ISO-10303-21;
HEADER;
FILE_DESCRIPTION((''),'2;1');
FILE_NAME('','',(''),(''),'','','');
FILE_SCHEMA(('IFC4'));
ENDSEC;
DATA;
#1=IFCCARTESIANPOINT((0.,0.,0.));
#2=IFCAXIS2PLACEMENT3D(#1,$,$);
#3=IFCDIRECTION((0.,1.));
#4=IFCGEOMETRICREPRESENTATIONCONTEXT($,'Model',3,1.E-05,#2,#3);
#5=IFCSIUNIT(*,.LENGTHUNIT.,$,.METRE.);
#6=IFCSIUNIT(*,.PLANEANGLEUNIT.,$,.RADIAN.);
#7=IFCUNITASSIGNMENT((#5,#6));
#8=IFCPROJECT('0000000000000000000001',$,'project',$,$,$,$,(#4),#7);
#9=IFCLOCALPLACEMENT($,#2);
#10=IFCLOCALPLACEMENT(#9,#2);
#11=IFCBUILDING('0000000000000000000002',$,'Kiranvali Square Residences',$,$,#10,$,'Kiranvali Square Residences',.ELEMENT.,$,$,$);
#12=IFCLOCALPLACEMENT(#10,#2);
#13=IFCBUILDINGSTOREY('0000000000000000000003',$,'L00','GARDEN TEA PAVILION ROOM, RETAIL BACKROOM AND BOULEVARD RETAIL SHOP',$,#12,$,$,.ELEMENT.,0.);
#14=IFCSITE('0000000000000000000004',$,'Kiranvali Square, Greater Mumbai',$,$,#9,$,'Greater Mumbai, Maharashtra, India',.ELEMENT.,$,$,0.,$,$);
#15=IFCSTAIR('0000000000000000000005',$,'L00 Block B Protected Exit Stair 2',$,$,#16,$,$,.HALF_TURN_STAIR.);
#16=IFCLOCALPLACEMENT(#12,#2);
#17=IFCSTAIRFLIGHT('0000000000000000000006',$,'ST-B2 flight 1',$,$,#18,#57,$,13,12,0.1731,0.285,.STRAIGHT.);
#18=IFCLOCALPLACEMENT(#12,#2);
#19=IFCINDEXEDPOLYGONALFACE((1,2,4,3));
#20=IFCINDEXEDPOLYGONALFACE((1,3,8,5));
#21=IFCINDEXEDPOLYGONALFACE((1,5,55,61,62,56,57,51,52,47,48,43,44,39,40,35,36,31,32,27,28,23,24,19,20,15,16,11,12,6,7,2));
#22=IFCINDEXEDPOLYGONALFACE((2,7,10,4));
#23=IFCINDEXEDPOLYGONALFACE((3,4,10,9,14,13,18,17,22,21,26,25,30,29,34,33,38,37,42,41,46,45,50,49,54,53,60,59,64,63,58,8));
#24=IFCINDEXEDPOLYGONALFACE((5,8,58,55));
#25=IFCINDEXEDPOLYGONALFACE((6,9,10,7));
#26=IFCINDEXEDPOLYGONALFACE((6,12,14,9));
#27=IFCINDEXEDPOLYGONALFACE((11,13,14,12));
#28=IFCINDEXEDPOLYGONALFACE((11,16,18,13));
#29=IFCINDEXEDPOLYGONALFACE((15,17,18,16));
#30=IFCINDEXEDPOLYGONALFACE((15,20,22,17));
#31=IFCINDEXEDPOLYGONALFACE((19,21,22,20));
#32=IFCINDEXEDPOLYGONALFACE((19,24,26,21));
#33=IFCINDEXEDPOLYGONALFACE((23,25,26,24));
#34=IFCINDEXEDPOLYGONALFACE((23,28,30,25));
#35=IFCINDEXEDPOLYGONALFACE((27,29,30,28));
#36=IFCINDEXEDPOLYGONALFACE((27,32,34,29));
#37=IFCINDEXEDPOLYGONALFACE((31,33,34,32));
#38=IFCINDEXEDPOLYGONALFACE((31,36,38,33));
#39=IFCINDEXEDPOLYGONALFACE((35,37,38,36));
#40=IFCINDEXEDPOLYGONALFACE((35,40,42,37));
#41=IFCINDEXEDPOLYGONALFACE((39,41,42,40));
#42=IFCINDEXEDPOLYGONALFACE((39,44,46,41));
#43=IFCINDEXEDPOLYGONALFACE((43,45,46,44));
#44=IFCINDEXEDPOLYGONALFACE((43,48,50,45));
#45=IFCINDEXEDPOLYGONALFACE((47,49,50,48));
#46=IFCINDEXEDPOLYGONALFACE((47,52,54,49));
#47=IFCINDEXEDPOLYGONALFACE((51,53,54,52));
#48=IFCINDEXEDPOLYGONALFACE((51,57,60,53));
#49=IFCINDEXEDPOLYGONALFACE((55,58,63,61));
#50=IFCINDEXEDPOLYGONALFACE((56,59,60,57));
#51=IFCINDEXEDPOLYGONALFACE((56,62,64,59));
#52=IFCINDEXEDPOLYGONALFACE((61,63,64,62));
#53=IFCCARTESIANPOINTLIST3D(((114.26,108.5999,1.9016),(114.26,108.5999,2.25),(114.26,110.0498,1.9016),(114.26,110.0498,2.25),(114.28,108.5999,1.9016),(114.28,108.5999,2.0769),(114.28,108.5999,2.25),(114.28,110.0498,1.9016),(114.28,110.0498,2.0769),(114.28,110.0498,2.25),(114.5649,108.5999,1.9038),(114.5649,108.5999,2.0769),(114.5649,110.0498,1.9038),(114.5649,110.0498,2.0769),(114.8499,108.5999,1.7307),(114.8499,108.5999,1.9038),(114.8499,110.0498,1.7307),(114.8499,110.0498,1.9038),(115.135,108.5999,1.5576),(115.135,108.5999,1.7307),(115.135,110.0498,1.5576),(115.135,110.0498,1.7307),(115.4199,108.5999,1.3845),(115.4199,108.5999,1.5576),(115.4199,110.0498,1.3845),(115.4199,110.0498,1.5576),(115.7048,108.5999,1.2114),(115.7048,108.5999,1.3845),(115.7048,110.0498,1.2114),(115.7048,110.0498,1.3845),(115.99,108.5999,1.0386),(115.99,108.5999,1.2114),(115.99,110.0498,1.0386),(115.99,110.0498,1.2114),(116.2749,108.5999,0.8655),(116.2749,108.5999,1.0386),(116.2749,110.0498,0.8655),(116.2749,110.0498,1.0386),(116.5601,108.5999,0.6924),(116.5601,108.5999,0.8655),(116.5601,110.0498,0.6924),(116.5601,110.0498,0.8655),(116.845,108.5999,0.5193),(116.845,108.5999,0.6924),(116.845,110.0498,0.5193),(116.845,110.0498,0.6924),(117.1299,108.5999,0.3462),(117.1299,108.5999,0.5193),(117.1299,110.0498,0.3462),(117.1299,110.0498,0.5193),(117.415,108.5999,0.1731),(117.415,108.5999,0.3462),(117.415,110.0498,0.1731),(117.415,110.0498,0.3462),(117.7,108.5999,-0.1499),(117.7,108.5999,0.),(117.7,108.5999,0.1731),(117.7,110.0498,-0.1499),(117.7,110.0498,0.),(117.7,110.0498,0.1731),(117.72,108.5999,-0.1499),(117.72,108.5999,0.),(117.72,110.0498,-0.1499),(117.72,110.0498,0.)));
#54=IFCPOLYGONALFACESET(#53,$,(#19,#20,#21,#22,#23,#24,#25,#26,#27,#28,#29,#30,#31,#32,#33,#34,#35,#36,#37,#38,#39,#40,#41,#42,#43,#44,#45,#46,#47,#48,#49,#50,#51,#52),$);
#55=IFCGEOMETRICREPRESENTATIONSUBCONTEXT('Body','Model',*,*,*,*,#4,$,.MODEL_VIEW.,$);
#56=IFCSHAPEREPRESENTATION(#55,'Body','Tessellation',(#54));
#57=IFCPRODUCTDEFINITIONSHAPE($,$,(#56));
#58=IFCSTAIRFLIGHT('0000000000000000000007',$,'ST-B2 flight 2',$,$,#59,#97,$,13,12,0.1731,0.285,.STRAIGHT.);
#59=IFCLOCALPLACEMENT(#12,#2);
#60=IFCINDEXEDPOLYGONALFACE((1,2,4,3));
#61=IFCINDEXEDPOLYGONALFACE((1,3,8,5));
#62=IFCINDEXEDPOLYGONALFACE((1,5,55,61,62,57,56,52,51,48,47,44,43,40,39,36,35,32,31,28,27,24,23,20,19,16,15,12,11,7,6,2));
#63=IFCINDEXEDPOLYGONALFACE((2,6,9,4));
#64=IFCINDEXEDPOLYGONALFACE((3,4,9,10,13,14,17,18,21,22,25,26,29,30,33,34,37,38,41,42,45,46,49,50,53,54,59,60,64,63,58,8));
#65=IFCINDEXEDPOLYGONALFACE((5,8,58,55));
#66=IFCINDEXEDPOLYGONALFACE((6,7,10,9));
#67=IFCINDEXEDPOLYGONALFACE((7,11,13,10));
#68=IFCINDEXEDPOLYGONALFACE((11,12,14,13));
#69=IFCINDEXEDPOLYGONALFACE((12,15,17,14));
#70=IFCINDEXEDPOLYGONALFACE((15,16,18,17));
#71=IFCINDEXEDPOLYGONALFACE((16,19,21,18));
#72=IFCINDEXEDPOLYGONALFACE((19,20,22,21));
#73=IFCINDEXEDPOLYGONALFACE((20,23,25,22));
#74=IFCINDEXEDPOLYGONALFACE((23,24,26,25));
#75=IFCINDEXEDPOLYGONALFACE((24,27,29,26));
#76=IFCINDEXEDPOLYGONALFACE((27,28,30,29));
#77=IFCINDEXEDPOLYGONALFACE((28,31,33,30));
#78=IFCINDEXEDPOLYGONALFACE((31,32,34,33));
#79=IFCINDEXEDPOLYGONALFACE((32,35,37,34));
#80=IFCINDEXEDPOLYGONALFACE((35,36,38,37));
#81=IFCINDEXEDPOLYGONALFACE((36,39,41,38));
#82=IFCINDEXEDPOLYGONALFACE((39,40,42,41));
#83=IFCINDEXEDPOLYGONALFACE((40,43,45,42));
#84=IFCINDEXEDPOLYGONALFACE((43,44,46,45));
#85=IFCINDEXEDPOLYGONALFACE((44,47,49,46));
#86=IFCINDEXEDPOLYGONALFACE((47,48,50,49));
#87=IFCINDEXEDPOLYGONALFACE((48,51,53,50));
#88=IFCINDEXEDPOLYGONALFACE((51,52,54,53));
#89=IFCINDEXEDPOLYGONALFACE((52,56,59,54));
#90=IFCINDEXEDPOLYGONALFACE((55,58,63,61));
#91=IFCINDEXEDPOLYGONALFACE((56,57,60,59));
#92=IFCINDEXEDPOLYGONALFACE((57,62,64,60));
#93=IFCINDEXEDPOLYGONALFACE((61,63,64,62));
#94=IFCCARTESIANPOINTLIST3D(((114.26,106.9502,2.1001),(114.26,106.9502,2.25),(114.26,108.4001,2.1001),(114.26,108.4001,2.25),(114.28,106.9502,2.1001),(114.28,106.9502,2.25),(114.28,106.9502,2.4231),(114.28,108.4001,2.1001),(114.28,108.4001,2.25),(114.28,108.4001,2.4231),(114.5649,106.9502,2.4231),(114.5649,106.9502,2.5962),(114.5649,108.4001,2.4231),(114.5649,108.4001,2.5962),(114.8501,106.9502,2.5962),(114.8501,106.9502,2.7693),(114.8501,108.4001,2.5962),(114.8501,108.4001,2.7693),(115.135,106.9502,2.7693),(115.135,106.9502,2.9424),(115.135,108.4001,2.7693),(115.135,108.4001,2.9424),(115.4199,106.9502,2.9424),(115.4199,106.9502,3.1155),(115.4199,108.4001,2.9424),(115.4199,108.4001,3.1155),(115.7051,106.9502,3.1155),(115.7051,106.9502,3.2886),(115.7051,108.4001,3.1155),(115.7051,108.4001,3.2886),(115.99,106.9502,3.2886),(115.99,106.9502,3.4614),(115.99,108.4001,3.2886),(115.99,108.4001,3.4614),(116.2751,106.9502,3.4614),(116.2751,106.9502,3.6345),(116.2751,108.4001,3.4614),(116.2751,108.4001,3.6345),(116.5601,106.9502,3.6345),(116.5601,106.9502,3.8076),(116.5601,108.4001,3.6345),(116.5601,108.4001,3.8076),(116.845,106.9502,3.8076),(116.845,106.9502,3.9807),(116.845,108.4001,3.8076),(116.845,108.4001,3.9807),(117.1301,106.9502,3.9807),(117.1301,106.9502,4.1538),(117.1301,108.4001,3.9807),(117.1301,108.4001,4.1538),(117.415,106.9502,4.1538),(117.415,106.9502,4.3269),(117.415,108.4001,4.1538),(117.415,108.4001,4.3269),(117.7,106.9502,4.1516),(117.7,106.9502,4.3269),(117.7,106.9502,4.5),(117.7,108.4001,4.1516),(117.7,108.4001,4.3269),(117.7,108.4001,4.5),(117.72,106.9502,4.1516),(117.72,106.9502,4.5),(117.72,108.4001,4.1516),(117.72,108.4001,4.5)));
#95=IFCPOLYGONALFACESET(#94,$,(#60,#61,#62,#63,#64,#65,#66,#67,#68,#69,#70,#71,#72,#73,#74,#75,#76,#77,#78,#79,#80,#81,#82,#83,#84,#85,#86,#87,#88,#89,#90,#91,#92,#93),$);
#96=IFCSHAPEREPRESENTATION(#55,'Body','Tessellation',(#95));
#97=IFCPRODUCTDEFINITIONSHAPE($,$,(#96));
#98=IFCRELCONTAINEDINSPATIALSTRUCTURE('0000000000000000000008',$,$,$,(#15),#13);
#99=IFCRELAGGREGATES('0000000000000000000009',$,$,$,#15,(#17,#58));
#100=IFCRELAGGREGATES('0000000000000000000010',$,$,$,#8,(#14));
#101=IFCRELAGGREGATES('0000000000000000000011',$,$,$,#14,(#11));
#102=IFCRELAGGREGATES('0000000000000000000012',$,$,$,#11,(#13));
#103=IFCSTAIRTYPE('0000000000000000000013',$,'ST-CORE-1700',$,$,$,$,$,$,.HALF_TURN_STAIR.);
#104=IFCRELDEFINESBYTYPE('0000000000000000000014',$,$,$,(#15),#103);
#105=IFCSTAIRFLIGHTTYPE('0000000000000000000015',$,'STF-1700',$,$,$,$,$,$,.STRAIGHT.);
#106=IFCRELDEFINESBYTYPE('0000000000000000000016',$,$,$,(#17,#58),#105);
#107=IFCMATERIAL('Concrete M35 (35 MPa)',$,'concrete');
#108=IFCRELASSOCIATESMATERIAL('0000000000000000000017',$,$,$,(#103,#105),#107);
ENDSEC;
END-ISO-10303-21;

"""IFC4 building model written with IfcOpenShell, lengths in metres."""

from ifc_helpers import new_model, si_unit, direction, frame, origin, place, context, subcontext, project, spatial, polyline, outline, extrude, material, type_object, element, aggregate, save


model = new_model("IFC4")

# Units and contexts
model_context = context("Model", 3, precision=1e-05, world=origin(), true_north=direction((0.0, 1.0)))
body_context = subcontext(model_context, "Body", "Model", "MODEL_VIEW")
ifc_project = project(units=[si_unit("LENGTHUNIT", "METRE"), si_unit("PLANEANGLEUNIT", "RADIAN")], contexts=[model_context])

# Site, building, storey
site_placement = place(None, origin())
site = spatial("IfcSite", under=ifc_project, at=site_placement, Name="Kiranvali Square, Greater Mumbai", LongName="Greater Mumbai, Maharashtra, India", CompositionType="ELEMENT", RefElevation=0.0)
building_placement = place(site_placement, origin())
building = spatial("IfcBuilding", under=site, at=building_placement, Name="Kiranvali Square Residences", LongName="Kiranvali Square Residences", CompositionType="ELEMENT")
storey_placement = place(building_placement, origin())
storey = spatial("IfcBuildingStorey", under=building, at=storey_placement, Name="L00", Description="GARDEN TEA PAVILION ROOM, RETAIL BACKROOM AND BOULEVARD RETAIL SHOP", CompositionType="ELEMENT", Elevation=0.0)

# Stair, stair flights
ifc_material_1 = material(Name="Concrete M35 (35 MPa)", Category="concrete")
stair_type = type_object("IfcStairType", Name="ST-CORE-1700", PredefinedType="HALF_TURN_STAIR", material=ifc_material_1)
stair_placement = place(storey_placement, origin())
stair = element("IfcStair", 1, at=stair_placement, inside=storey, type_object=stair_type, Name="L00 Block B Protected Exit Stair 2", PredefinedType="HALF_TURN_STAIR")
stair_flight_type = type_object("IfcStairFlightType", Name="STF-1700", PredefinedType="STRAIGHT", material=ifc_material_1)
stair_flight_1_placement = place(storey_placement, frame((117.7, 109.325, 0.0), z_axis=(0.0, 0.0, 1.0), x_axis=(-1.0, 0.0, 0.0)))
stair_flight_1 = element("IfcStairFlight", 2, at=stair_flight_1_placement, type_object=stair_flight_type, Name="ST-B2 flight 1", NumberOfRisers=13, NumberOfTreads=12, PredefinedType="STRAIGHT", RiserHeight=0.1731, TreadLength=0.285, context=body_context, shape_type="SweptSolid", body=[
    extrude(outline(polyline([(-0.02, -0.1499), (-0.02, 0.0), (0.0, 0.0), (0.0, 0.1731), (0.2849, 0.1731), (0.2849, 0.3462), (0.5701, 0.3462), (0.5701, 0.5193), (0.855, 0.5193), (0.855, 0.6924), (1.1399, 0.6924), (1.1399, 0.8655), (1.425, 0.8655), (1.425, 1.0386), (1.71, 1.0386), (1.71, 1.2114), (1.9951, 1.2114), (1.9951, 1.3845), (2.28, 1.3845), (2.28, 1.5576), (2.5649, 1.5576), (2.5649, 1.7307), (2.8501, 1.7307), (2.8501, 1.9038), (3.135, 1.9038), (3.135, 2.0769), (3.4199, 2.0769), (3.4199, 2.25), (3.4399, 2.25), (3.4399, 1.9016), (3.4199, 1.9016), (0.0, -0.1499), (-0.02, -0.1499)])), frame((0.0, 0.7251, 0.0), z_axis=(0.0, -1.0, 0.0), x_axis=(1.0, 0.0, 0.0)), (0.0, 0.0, 1.0), 1.45),
])
stair_flight_2_placement = place(storey_placement, frame((114.28, 107.675, 2.25), z_axis=(0.0, 0.0, 1.0), x_axis=(1.0, 0.0, 0.0)))
stair_flight_2 = element("IfcStairFlight", 3, at=stair_flight_2_placement, type_object=stair_flight_type, Name="ST-B2 flight 2", NumberOfRisers=13, NumberOfTreads=12, PredefinedType="STRAIGHT", RiserHeight=0.1731, TreadLength=0.285, context=body_context, shape_type="SweptSolid", body=[
    extrude(outline(polyline([(-0.02, -0.1499), (-0.02, 0.0), (0.0, 0.0), (0.0, 0.1731), (0.2849, 0.1731), (0.2849, 0.3462), (0.5701, 0.3462), (0.5701, 0.5193), (0.855, 0.5193), (0.855, 0.6924), (1.1399, 0.6924), (1.1399, 0.8655), (1.425, 0.8655), (1.425, 1.0386), (1.71, 1.0386), (1.71, 1.2114), (1.9951, 1.2114), (1.9951, 1.3845), (2.28, 1.3845), (2.28, 1.5576), (2.5649, 1.5576), (2.5649, 1.7307), (2.8501, 1.7307), (2.8501, 1.9038), (3.135, 1.9038), (3.135, 2.0769), (3.4199, 2.0769), (3.4199, 2.25), (3.4399, 2.25), (3.4399, 1.9016), (3.4199, 1.9016), (0.0, -0.1499), (-0.02, -0.1499)])), frame((0.0, 0.7251, 0.0), z_axis=(0.0, -1.0, 0.0), x_axis=(1.0, 0.0, 0.0)), (0.0, 0.0, 1.0), 1.45),
])
aggregate(stair, [stair_flight_1, stair_flight_2])

save(model, "model.ifc")
